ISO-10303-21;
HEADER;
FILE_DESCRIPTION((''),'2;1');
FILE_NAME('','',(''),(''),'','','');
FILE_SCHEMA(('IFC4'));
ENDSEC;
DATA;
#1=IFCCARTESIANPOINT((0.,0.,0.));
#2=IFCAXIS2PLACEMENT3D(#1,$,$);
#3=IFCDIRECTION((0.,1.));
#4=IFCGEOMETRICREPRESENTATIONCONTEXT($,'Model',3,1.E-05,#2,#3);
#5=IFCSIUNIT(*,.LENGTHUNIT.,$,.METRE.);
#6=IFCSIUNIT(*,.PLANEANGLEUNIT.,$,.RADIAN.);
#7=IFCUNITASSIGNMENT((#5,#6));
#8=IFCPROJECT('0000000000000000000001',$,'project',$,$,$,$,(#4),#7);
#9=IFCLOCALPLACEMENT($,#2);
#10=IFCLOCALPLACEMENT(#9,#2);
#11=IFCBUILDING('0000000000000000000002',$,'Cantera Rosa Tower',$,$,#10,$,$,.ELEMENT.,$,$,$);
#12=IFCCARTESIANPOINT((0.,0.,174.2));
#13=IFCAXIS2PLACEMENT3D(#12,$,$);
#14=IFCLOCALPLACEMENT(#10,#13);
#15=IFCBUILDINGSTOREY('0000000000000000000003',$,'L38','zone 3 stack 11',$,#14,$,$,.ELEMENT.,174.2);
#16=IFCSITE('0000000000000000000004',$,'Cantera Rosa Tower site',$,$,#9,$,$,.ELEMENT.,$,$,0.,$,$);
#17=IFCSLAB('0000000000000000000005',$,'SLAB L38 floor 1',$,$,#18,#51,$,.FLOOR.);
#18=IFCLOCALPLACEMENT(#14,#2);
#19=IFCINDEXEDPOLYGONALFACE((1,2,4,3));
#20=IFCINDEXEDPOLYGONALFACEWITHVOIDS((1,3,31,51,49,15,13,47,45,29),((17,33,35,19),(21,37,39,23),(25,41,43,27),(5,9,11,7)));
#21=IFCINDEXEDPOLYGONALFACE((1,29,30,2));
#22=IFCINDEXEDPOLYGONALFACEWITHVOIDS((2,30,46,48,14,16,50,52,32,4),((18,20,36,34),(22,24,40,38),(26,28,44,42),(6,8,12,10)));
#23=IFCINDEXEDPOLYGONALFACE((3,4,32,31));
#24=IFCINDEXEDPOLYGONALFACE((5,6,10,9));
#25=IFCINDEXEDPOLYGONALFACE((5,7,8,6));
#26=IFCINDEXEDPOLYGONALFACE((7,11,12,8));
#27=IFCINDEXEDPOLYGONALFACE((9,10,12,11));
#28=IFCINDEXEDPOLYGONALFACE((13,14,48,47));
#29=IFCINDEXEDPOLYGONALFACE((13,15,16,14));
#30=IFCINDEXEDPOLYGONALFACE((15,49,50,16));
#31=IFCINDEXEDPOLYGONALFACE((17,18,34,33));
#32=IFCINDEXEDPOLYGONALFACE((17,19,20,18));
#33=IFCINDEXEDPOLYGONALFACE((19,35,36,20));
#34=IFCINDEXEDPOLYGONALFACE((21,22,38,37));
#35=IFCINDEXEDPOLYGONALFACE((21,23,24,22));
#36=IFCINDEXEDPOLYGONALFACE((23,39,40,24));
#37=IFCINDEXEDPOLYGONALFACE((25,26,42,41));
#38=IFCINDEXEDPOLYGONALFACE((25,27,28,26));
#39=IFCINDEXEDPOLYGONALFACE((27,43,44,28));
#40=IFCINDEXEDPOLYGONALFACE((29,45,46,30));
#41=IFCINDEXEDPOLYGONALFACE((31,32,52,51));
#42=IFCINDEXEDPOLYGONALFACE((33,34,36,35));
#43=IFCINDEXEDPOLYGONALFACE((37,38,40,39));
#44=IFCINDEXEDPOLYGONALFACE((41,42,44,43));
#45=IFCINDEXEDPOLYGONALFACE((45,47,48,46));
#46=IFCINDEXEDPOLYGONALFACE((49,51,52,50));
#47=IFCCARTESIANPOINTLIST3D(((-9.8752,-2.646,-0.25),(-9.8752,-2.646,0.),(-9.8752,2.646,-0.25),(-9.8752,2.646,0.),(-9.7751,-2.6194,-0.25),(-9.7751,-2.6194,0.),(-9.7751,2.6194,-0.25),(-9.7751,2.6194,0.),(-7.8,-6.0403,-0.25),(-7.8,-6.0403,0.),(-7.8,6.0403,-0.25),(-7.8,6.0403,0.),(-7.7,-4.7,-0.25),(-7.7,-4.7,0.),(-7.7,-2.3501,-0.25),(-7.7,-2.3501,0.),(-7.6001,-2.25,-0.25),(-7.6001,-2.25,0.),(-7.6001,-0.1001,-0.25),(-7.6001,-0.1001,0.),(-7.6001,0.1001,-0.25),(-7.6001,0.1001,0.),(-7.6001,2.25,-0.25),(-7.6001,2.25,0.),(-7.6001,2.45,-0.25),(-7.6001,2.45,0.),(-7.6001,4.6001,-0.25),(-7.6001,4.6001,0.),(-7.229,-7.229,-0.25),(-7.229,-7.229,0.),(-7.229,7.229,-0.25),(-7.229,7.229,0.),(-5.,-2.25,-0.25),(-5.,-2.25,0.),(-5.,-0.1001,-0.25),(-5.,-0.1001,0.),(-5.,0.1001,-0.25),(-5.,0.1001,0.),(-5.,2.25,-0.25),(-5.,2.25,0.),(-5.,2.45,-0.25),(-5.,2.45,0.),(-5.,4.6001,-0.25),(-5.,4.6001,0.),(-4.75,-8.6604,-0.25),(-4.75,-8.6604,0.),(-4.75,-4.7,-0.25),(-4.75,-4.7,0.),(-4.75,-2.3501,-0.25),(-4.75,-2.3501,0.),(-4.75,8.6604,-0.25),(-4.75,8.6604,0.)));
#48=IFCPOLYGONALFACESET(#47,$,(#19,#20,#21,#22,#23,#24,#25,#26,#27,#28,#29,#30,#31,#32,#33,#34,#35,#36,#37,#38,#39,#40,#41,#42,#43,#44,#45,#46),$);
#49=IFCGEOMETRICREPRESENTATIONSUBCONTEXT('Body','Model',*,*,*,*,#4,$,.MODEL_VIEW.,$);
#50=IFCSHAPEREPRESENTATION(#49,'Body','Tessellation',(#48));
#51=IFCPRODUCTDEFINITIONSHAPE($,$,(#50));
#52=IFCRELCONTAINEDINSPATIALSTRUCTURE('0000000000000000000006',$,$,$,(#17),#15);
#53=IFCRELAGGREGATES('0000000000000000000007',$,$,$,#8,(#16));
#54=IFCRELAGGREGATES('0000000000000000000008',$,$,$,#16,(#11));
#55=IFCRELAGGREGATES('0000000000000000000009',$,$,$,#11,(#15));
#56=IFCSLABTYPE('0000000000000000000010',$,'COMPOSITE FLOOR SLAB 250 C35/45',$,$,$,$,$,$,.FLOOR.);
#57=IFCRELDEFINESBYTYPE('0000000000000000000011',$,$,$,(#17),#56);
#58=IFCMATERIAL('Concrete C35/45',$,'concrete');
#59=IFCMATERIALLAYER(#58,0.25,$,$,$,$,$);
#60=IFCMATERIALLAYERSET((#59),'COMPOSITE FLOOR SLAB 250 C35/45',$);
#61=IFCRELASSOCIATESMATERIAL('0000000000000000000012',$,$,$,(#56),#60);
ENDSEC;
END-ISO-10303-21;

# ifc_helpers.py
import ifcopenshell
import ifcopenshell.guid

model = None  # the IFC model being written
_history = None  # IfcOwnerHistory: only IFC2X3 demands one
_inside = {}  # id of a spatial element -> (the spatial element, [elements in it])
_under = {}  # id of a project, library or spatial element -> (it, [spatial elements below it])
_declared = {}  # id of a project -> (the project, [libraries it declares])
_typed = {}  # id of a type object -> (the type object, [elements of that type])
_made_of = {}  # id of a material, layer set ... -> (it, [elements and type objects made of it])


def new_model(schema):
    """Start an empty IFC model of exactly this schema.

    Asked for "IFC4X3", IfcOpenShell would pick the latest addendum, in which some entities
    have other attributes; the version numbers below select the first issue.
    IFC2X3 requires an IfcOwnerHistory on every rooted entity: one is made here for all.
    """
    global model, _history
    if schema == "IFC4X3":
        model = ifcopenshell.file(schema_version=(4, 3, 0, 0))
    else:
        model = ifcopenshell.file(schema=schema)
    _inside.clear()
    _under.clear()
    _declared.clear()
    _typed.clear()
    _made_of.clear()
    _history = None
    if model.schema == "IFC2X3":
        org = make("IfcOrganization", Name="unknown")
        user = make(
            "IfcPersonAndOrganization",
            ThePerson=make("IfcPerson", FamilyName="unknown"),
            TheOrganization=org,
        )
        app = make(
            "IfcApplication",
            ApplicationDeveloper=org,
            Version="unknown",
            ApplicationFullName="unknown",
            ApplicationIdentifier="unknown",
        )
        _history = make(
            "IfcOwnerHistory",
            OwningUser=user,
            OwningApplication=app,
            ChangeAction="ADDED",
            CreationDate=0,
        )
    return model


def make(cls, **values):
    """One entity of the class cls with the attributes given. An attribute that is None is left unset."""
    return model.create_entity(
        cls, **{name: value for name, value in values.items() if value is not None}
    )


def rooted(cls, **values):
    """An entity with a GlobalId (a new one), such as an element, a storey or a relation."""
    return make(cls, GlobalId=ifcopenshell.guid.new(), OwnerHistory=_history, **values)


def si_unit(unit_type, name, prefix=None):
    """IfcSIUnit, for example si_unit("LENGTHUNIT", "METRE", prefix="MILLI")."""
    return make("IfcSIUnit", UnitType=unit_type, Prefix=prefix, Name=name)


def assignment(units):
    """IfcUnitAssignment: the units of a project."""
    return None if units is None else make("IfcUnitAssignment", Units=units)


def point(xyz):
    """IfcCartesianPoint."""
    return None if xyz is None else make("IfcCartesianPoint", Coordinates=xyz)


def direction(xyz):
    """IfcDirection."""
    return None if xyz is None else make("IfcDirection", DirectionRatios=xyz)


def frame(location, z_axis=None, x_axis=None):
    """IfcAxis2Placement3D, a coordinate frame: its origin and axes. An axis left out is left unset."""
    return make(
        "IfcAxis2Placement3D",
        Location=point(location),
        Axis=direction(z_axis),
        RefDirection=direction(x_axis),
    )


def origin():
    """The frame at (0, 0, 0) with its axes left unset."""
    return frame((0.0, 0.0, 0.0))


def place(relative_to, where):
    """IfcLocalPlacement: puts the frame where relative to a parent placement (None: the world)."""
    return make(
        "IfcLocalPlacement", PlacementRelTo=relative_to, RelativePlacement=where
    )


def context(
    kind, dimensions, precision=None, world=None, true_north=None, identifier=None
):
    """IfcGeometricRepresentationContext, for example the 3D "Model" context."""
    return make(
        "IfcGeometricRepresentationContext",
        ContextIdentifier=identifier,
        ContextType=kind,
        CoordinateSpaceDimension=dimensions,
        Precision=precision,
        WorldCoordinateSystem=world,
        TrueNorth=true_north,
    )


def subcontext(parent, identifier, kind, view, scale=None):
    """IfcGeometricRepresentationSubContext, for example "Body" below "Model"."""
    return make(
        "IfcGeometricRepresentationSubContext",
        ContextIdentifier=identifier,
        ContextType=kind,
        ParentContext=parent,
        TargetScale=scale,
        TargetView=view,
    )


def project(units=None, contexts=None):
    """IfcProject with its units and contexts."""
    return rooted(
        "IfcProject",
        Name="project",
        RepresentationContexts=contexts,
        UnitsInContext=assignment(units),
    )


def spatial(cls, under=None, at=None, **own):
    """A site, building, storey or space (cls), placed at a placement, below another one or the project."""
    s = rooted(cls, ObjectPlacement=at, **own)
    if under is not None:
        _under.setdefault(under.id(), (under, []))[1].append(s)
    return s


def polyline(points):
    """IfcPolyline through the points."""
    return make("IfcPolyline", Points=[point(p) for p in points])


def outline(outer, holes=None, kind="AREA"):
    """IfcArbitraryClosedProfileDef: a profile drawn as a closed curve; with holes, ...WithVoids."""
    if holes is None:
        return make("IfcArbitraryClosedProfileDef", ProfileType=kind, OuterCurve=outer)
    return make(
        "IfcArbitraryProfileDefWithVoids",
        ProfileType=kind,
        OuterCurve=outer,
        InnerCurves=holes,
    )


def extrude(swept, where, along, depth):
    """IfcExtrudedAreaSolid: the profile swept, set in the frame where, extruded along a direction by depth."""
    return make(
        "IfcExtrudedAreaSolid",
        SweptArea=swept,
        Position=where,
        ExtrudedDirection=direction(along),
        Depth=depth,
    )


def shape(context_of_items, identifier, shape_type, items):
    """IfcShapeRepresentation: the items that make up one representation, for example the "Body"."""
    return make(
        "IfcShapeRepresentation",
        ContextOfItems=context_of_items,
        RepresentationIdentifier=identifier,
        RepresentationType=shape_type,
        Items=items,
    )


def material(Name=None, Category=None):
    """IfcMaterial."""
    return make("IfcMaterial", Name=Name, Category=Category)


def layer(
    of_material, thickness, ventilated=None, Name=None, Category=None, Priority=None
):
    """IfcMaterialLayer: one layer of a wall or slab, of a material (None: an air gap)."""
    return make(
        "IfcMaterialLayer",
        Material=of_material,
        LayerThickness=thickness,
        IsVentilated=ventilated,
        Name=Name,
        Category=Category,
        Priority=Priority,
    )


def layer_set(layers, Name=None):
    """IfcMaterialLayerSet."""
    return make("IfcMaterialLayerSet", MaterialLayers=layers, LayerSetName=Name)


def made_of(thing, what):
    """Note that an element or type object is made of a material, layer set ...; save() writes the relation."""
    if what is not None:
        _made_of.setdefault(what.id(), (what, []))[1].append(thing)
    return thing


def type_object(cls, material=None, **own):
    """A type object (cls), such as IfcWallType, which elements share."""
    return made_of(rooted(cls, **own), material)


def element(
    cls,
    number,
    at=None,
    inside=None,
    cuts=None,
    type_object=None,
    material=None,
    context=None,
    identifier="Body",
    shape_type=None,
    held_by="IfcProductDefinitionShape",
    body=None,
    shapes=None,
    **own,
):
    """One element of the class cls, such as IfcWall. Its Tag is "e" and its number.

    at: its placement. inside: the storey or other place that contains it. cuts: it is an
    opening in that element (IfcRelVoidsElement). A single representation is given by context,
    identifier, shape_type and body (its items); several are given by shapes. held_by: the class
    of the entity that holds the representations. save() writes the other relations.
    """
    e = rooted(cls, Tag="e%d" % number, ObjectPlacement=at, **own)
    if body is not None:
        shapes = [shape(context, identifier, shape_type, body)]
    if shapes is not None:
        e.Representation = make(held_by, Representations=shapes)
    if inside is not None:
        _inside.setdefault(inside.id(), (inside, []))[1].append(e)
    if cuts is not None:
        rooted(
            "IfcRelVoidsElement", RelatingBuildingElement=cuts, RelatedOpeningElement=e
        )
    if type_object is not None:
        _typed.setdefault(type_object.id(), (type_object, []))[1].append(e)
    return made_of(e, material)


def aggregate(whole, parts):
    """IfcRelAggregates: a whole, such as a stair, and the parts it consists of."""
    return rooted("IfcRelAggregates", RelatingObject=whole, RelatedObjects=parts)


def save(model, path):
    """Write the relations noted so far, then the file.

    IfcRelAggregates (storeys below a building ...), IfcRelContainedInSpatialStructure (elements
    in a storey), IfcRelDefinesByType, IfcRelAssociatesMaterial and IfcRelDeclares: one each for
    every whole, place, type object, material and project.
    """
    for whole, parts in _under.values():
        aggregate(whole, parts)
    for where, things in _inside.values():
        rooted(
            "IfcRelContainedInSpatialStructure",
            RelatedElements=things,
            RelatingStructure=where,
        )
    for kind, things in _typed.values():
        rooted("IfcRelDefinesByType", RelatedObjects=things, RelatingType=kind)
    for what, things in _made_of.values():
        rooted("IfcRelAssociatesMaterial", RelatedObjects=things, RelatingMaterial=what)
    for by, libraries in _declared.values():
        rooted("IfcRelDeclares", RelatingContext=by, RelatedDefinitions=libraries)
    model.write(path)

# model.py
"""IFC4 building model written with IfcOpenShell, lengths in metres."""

from ifc_helpers import new_model, si_unit, direction, frame, origin, place, context, subcontext, project, spatial, polyline, outline, extrude, material, layer, layer_set, type_object, element, save


model = new_model("IFC4")

# Units and contexts
model_context = context("Model", 3, precision=1e-05, world=origin(), true_north=direction((0.0, 1.0)))
body_context = subcontext(model_context, "Body", "Model", "MODEL_VIEW")
ifc_project = project(units=[si_unit("LENGTHUNIT", "METRE"), si_unit("PLANEANGLEUNIT", "RADIAN")], contexts=[model_context])

# Site, building, storey
site_placement = place(None, origin())
site = spatial("IfcSite", under=ifc_project, at=site_placement, Name="Cantera Rosa Tower site", CompositionType="ELEMENT", RefElevation=0.0)
building_placement = place(site_placement, origin())
building = spatial("IfcBuilding", under=site, at=building_placement, Name="Cantera Rosa Tower", CompositionType="ELEMENT")
storey_placement = place(building_placement, frame((0.0, 0.0, 174.2)))
storey = spatial("IfcBuildingStorey", under=building, at=storey_placement, Name="L38", Description="zone 3 stack 11", CompositionType="ELEMENT", Elevation=174.2)

# Slab
ifc_material_1 = material(Name="Concrete C35/45", Category="concrete")
ifc_layer_1 = layer(ifc_material_1, 0.25)
ifc_layer_set_1 = layer_set([ifc_layer_1], Name="COMPOSITE FLOOR SLAB 250 C35/45")
slab_type_1 = type_object("IfcSlabType", Name="COMPOSITE FLOOR SLAB 250 C35/45", PredefinedType="FLOOR", material=ifc_layer_set_1)
slab_1_placement = place(storey_placement, frame((0.0, 0.0, -0.25)))
element("IfcSlab", 1, at=slab_1_placement, inside=storey, type_object=slab_type_1, Name="SLAB L38 floor 1", PredefinedType="FLOOR", context=body_context, shape_type="SweptSolid", body=[
    extrude(outline(polyline([(-7.7, -2.3501), (-7.7, -4.7), (-4.75, -4.7), (-4.75, -8.6604), (-7.229, -7.229), (-9.8752, -2.646), (-9.8752, 2.646), (-7.229, 7.229), (-4.75, 8.6604), (-4.75, -2.3501), (-7.7, -2.3501)]), holes=[polyline([(-7.6001, -0.1001), (-7.6001, -2.25), (-5.0, -2.25), (-5.0, -0.1001), (-7.6001, -0.1001)]), polyline([(-7.8, 6.0403), (-9.7751, 2.6194), (-9.7751, -2.6194), (-7.8, -6.0403), (-7.8, 6.0403)]), polyline([(-7.6001, 2.25), (-7.6001, 0.1001), (-5.0, 0.1001), (-5.0, 2.25), (-7.6001, 2.25)]), polyline([(-7.6001, 4.6001), (-7.6001, 2.45), (-5.0, 2.45), (-5.0, 4.6001), (-7.6001, 4.6001)])]), origin(), (0.0, 0.0, 1.0), 0.25),
])

save(model, "model.ifc")
